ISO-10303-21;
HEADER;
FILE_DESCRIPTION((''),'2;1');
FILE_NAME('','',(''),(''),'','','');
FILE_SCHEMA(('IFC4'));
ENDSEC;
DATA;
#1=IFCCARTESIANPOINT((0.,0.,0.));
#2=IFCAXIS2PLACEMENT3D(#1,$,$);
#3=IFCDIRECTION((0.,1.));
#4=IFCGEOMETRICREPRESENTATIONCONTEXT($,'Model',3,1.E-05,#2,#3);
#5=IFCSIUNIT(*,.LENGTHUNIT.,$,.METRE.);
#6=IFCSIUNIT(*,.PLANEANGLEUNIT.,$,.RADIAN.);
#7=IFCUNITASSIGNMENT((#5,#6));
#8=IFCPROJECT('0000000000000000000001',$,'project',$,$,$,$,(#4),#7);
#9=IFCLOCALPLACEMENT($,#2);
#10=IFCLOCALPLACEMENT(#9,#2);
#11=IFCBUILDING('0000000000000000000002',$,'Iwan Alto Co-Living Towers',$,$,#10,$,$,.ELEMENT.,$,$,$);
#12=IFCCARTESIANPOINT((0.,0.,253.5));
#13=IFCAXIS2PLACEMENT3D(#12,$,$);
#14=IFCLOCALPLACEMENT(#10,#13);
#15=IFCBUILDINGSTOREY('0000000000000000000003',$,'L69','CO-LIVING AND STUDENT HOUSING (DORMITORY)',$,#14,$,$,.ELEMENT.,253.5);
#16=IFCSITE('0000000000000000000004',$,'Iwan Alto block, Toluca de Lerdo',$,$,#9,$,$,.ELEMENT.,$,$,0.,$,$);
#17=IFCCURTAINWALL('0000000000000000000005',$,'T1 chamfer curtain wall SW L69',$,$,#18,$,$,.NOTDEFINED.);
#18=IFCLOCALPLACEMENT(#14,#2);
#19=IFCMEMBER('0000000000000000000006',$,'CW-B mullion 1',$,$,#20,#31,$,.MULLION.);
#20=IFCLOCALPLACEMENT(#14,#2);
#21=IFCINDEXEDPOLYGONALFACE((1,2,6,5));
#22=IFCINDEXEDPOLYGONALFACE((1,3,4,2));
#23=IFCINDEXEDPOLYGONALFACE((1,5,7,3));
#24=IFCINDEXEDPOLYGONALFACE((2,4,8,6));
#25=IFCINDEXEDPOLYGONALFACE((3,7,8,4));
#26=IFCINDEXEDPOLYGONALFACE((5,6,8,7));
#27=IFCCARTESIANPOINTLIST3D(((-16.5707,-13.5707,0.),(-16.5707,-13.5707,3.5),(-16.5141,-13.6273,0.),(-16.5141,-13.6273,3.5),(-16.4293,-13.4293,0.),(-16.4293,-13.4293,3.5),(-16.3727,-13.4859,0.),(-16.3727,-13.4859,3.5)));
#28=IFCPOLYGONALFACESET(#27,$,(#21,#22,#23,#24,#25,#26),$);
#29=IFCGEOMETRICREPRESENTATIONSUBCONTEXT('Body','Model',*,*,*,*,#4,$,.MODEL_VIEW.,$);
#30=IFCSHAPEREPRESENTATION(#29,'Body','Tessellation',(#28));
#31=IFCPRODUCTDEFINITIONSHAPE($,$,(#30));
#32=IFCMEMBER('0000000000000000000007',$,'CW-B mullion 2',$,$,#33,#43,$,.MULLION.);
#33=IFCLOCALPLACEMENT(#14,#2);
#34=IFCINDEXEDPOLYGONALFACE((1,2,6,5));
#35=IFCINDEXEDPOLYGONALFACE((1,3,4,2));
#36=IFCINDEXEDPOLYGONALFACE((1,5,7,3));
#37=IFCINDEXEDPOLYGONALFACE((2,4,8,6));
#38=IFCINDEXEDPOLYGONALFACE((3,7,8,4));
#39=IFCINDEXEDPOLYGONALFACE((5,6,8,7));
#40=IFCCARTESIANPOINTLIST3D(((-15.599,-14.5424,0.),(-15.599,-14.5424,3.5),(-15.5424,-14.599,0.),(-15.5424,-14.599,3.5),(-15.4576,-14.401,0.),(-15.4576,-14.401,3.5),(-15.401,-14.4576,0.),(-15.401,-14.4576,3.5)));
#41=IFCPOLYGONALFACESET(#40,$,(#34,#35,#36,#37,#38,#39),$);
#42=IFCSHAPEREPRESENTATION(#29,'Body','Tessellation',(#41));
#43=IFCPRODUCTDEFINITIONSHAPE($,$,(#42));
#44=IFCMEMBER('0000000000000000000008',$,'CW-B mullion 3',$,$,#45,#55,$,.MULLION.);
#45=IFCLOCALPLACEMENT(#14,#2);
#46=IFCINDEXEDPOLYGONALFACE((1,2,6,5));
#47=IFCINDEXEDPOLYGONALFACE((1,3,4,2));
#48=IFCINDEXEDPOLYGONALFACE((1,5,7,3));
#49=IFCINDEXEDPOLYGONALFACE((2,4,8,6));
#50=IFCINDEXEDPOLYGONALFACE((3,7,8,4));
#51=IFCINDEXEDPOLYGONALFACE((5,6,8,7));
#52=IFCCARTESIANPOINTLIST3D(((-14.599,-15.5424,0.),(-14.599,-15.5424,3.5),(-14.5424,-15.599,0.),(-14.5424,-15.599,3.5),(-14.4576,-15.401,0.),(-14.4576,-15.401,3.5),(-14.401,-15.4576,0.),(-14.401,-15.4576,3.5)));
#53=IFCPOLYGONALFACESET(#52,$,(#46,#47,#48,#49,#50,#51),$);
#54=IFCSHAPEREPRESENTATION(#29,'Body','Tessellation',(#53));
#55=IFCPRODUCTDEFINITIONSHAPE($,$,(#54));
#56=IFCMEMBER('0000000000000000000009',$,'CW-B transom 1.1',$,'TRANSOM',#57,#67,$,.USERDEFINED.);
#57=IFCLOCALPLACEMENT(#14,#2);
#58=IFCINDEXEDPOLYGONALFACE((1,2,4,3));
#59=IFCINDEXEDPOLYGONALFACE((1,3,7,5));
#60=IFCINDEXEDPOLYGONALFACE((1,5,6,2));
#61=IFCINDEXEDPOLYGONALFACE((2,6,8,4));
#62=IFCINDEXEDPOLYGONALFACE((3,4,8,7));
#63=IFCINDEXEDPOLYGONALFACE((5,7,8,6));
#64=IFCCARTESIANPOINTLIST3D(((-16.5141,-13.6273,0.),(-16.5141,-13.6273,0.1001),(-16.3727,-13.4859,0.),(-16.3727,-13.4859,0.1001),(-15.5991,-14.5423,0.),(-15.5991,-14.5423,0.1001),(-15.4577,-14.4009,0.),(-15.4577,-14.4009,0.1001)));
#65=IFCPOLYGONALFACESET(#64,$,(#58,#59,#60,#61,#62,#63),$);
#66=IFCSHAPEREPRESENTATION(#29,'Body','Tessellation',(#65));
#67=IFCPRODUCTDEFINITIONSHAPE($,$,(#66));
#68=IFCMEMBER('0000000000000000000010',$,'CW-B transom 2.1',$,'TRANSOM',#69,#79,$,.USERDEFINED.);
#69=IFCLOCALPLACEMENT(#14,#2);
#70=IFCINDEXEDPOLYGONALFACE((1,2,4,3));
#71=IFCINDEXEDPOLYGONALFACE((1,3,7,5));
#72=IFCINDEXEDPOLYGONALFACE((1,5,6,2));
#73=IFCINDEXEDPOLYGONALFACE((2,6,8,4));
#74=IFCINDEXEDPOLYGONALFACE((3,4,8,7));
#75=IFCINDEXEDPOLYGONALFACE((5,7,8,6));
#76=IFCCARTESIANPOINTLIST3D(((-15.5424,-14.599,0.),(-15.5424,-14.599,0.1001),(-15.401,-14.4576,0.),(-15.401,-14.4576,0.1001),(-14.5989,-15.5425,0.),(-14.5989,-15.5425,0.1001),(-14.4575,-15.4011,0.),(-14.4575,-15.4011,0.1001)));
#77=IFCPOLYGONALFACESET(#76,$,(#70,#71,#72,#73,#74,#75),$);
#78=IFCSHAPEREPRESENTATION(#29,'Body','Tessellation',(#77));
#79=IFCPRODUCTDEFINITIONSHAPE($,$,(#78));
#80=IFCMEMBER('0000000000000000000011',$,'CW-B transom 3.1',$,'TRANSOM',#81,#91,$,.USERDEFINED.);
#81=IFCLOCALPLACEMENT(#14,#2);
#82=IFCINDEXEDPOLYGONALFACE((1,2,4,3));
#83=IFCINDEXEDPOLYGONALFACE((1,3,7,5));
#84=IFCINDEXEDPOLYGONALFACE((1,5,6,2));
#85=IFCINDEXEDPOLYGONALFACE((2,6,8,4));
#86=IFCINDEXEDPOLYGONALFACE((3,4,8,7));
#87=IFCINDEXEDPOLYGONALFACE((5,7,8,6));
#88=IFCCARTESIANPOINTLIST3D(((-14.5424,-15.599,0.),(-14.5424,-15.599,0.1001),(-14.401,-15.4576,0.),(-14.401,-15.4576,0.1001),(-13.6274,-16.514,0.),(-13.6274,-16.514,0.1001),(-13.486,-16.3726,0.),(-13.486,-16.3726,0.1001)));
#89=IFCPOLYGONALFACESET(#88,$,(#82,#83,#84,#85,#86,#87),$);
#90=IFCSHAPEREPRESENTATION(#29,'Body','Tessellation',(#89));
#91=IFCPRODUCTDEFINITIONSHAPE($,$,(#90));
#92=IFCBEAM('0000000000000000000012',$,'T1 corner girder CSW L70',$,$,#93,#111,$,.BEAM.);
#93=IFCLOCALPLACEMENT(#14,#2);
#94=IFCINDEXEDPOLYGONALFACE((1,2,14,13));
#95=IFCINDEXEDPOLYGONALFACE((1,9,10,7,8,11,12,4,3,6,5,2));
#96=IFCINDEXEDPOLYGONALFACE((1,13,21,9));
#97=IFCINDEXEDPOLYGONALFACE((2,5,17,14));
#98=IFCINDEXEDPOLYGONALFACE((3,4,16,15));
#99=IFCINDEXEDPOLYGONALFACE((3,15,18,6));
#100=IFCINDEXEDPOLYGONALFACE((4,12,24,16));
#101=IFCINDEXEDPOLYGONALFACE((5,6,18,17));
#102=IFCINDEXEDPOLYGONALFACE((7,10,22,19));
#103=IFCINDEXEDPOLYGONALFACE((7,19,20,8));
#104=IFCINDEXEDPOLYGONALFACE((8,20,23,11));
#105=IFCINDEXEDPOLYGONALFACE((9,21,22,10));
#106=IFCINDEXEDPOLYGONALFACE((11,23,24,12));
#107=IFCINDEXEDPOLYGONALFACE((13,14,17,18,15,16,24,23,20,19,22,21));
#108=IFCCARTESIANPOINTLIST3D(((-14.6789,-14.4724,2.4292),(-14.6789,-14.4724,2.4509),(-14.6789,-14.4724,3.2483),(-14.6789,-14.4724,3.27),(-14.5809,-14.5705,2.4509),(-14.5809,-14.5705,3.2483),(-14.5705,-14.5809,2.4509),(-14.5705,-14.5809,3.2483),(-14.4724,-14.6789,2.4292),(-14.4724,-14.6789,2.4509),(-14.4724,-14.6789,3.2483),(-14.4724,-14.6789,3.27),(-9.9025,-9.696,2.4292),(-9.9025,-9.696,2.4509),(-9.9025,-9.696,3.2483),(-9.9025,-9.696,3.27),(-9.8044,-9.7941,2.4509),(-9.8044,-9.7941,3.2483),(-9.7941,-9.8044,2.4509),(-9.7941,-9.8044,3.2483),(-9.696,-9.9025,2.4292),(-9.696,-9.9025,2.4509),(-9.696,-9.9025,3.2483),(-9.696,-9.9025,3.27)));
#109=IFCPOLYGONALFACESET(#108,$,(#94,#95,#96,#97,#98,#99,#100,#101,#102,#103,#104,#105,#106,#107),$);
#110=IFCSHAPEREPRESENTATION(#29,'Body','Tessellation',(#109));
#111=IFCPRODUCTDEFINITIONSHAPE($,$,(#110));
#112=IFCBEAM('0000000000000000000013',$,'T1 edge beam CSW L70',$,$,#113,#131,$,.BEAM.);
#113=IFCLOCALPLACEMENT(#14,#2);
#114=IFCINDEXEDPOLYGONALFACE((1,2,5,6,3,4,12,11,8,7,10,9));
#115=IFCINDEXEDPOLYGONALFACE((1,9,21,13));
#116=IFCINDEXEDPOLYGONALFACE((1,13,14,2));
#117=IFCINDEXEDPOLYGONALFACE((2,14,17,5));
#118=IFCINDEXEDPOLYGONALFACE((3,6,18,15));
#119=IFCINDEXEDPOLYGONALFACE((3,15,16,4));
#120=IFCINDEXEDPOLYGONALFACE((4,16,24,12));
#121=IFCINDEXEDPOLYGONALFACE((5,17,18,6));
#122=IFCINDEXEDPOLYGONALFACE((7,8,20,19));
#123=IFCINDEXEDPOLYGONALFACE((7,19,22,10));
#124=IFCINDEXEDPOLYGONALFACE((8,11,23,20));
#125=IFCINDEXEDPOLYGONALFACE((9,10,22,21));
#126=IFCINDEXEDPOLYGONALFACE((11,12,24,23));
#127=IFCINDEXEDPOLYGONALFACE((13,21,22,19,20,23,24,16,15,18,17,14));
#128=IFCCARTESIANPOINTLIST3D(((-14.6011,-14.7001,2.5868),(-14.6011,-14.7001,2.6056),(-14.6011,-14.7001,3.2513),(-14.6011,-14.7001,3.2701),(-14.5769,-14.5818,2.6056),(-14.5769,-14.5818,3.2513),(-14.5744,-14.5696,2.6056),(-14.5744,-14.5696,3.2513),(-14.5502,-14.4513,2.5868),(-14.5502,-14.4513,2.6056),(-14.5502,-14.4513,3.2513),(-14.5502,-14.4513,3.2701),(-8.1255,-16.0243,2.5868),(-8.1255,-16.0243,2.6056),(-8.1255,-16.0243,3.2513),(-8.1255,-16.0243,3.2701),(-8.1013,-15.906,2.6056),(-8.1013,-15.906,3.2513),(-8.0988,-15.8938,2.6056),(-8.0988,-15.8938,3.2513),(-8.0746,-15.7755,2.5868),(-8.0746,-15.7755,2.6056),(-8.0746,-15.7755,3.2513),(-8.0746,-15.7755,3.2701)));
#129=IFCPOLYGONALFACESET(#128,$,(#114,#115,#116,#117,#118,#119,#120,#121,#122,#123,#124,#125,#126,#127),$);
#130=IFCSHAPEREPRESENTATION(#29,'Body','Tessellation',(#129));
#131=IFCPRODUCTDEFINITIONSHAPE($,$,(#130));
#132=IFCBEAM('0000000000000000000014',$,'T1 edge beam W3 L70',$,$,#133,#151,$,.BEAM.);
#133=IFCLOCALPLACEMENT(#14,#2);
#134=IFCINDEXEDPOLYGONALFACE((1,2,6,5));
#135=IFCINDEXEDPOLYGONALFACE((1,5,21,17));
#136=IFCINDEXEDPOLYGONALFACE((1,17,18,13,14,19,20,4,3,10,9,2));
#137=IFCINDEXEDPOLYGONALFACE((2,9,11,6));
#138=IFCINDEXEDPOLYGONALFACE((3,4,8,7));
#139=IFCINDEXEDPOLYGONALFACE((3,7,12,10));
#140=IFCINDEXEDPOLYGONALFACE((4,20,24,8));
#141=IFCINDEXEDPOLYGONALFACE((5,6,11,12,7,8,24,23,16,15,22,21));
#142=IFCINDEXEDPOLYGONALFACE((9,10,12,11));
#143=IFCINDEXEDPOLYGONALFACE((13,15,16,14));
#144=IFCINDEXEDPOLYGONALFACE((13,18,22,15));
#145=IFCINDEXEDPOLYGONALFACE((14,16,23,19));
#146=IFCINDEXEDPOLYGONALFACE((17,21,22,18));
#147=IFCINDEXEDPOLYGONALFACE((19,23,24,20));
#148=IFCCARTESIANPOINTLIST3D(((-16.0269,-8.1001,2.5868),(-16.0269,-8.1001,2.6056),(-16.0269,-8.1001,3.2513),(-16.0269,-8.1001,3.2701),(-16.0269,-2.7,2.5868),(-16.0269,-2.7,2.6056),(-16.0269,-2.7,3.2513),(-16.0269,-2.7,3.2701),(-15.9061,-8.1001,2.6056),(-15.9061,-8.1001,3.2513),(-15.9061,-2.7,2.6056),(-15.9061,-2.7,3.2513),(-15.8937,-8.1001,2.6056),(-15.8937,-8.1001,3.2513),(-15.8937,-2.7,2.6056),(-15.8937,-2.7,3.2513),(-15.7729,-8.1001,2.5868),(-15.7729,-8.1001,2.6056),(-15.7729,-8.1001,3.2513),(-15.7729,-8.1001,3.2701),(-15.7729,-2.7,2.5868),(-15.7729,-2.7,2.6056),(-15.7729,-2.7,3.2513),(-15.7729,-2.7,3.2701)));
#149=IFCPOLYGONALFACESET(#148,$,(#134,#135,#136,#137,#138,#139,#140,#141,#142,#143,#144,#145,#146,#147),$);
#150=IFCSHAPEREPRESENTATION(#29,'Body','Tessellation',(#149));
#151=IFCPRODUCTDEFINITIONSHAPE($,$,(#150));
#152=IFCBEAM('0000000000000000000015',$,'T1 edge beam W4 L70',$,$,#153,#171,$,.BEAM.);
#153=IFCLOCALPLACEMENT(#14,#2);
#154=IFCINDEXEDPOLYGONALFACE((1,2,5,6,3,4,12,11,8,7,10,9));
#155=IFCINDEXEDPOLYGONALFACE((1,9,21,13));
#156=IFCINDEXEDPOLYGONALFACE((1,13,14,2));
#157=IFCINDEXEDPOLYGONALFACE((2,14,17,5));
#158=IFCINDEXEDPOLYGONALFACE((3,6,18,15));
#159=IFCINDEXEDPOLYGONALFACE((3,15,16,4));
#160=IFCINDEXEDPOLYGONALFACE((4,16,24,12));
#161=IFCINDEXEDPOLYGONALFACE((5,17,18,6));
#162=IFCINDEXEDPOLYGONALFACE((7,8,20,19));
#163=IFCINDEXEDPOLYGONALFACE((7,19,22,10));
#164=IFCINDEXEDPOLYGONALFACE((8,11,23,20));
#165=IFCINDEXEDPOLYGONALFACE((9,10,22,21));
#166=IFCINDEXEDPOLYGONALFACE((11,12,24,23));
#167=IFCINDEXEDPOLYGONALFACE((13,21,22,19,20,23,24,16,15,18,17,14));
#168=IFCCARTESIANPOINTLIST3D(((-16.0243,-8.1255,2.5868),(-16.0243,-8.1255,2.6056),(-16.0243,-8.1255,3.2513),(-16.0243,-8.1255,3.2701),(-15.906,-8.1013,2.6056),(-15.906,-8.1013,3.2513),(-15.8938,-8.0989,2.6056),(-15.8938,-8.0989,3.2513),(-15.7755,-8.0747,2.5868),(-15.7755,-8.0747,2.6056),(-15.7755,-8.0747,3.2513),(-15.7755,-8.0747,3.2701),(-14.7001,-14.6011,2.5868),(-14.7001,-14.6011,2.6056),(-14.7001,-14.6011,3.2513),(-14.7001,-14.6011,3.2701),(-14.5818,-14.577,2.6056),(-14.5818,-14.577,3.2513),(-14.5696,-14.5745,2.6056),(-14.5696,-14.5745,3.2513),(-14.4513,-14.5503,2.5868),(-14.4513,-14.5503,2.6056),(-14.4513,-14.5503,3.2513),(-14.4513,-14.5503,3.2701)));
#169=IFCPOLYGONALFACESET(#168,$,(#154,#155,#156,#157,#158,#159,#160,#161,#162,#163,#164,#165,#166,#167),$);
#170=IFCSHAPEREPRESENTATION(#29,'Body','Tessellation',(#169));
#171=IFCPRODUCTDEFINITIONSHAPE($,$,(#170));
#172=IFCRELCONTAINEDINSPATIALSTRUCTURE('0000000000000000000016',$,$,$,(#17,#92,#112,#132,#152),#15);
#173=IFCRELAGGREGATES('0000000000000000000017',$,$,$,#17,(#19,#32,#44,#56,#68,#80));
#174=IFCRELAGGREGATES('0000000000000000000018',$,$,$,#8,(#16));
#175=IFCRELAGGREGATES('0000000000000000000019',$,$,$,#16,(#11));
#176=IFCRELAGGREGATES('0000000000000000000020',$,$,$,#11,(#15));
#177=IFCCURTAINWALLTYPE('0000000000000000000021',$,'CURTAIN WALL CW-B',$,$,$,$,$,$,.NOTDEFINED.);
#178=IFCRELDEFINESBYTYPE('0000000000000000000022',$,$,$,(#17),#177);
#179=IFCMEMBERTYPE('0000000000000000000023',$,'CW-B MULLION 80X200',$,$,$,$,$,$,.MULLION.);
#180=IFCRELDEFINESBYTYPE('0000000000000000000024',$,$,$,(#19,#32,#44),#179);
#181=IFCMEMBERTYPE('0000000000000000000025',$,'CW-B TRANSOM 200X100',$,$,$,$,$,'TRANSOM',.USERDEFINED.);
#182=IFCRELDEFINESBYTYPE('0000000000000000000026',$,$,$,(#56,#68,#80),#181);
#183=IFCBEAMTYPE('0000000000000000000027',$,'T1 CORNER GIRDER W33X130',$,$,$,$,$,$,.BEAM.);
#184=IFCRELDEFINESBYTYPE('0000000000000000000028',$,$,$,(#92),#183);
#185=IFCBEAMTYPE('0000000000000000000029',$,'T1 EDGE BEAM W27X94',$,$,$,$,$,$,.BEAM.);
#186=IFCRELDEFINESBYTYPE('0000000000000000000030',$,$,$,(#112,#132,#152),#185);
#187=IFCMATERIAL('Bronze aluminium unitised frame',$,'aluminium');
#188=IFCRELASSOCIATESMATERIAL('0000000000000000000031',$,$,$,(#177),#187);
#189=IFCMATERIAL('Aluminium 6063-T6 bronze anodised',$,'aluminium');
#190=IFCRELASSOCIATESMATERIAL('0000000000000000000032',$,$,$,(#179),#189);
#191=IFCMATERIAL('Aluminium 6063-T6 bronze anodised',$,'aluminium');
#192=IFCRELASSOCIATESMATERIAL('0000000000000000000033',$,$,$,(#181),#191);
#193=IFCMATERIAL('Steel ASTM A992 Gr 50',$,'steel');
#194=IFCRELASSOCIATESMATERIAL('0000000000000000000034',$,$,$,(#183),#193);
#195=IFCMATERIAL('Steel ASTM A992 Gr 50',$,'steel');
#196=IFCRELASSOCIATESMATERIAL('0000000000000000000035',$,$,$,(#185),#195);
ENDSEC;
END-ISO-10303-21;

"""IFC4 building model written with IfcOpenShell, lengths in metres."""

from ifc_helpers import new_model, si_unit, direction, frame, origin, origin_2d, place, context, subcontext, project, spatial, rectangle, i_section, extrude, material, material_profile, profile_set, type_object, element, aggregate, save


model = new_model("IFC4")

# Units and contexts
model_context = context("Model", 3, precision=1e-05, world=origin(), true_north=direction((0.0, 1.0)))
body_context = subcontext(model_context, "Body", "Model", "MODEL_VIEW")
ifc_project = project(units=[si_unit("LENGTHUNIT", "METRE"), si_unit("PLANEANGLEUNIT", "RADIAN")], contexts=[model_context])

# Site, building, storey
site_placement = place(None, origin())
site = spatial("IfcSite", under=ifc_project, at=site_placement, Name="Iwan Alto block, Toluca de Lerdo", CompositionType="ELEMENT", RefElevation=0.0)
building_placement = place(site_placement, origin())
building = spatial("IfcBuilding", under=site, at=building_placement, Name="Iwan Alto Co-Living Towers", CompositionType="ELEMENT")
storey_placement = place(building_placement, frame((0.0, 0.0, 253.5)))
storey = spatial("IfcBuildingStorey", under=building, at=storey_placement, Name="L69", Description="CO-LIVING AND STUDENT HOUSING (DORMITORY)", CompositionType="ELEMENT", Elevation=253.5)

# Curtain wall, members
ifc_material_1 = material(Name="Bronze aluminium unitised frame", Category="aluminium")
curtain_wall_type_1 = type_object("IfcCurtainWallType", Name="CURTAIN WALL CW-B", PredefinedType="NOTDEFINED", material=ifc_material_1)
curtain_wall_1_placement = place(storey_placement, origin())
curtain_wall_1 = element("IfcCurtainWall", 1, at=curtain_wall_1_placement, inside=storey, type_object=curtain_wall_type_1, Name="T1 chamfer curtain wall SW L69", PredefinedType="NOTDEFINED")
ifc_material_2 = material(Name="Aluminium 6063-T6 bronze anodised", Category="aluminium")
ifc_material_profile_1 = material_profile(ifc_material_2, rectangle(XDim=0.2, YDim=0.0801, at=origin_2d()), Name="AL 80X200")
ifc_profile_set_1 = profile_set([ifc_material_profile_1], Name="Aluminium 6063-T6 bronze anodised")
member_type_1 = type_object("IfcMemberType", Name="CW-B MULLION 80X200", PredefinedType="MULLION", material=ifc_profile_set_1)
member_1_placement = place(storey_placement, frame((-16.4717, -13.5283, 0.0), z_axis=(0.0, 0.0, 1.0), x_axis=(0.707107, 0.707107, 0.0)))
member_1 = element("IfcMember", 2, at=member_1_placement, type_object=member_type_1, Name="CW-B mullion 1", PredefinedType="MULLION", context=body_context, shape_type="SweptSolid", body=[
    extrude(rectangle(XDim=0.2, YDim=0.0801, at=origin_2d()), origin(), (0.0, 0.0, 1.0), 3.5),
])
member_2_placement = place(storey_placement, frame((-15.5, -14.5, 0.0), z_axis=(0.0, 0.0, 1.0), x_axis=(0.707107, 0.707107, 0.0)))
member_2 = element("IfcMember", 3, at=member_2_placement, type_object=member_type_1, Name="CW-B mullion 2", PredefinedType="MULLION", context=body_context, shape_type="SweptSolid", body=[
    extrude(rectangle(XDim=0.2, YDim=0.0801, at=origin_2d()), origin(), (0.0, 0.0, 1.0), 3.5),
])
member_3_placement = place(storey_placement, frame((-14.5, -15.5, 0.0), z_axis=(0.0, 0.0, 1.0), x_axis=(0.707107, 0.707107, 0.0)))
member_3 = element("IfcMember", 4, at=member_3_placement, type_object=member_type_1, Name="CW-B mullion 3", PredefinedType="MULLION", context=body_context, shape_type="SweptSolid", body=[
    extrude(rectangle(XDim=0.2, YDim=0.0801, at=origin_2d()), origin(), (0.0, 0.0, 1.0), 3.5),
])
ifc_material_3 = material(Name="Aluminium 6063-T6 bronze anodised", Category="aluminium")
ifc_material_profile_2 = material_profile(ifc_material_3, rectangle(XDim=0.2, YDim=0.1001, at=origin_2d()), Name="AL 200X100")
ifc_profile_set_2 = profile_set([ifc_material_profile_2], Name="Aluminium 6063-T6 bronze anodised")
member_type_2 = type_object("IfcMemberType", Name="CW-B TRANSOM 200X100", ElementType="TRANSOM", PredefinedType="USERDEFINED", material=ifc_profile_set_2)
member_4_placement = place(storey_placement, frame((-16.4434, -13.5566, 0.05), z_axis=(0.707107, -0.707107, 0.0), x_axis=(0.707107, 0.707107, 0.0)))
member_4 = element("IfcMember", 5, at=member_4_placement, type_object=member_type_2, Name="CW-B transom 1.1", ObjectType="TRANSOM", PredefinedType="USERDEFINED", context=body_context, shape_type="SweptSolid", body=[
    extrude(rectangle(XDim=0.2, YDim=0.1001, at=origin_2d()), origin(), (0.0, 0.0, 1.0), 1.2939),
])
member_5_placement = place(storey_placement, frame((-15.4717, -14.5283, 0.05), z_axis=(0.707107, -0.707107, 0.0), x_axis=(0.707107, 0.707107, 0.0)))
member_5 = element("IfcMember", 6, at=member_5_placement, type_object=member_type_2, Name="CW-B transom 2.1", ObjectType="TRANSOM", PredefinedType="USERDEFINED", context=body_context, shape_type="SweptSolid", body=[
    extrude(rectangle(XDim=0.2, YDim=0.1001, at=origin_2d()), origin(), (0.0, 0.0, 1.0), 1.3342),
])
member_6_placement = place(storey_placement, frame((-14.4717, -15.5283, 0.05), z_axis=(0.707107, -0.707107, 0.0), x_axis=(0.707107, 0.707107, 0.0)))
member_6 = element("IfcMember", 7, at=member_6_placement, type_object=member_type_2, Name="CW-B transom 3.1", ObjectType="TRANSOM", PredefinedType="USERDEFINED", context=body_context, shape_type="SweptSolid", body=[
    extrude(rectangle(XDim=0.2, YDim=0.1001, at=origin_2d()), origin(), (0.0, 0.0, 1.0), 1.2939),
])

# Beams
ifc_material_4 = material(Name="Steel ASTM A992 Gr 50", Category="steel")
ifc_material_profile_3 = material_profile(ifc_material_4, i_section(OverallWidth=0.292, OverallDepth=0.8408, WebThickness=0.0146, FlangeThickness=0.0217, at=origin_2d()), Name="W33X130")
ifc_profile_set_3 = profile_set([ifc_material_profile_3], Name="Steel ASTM A992 Gr 50")
beam_type_1 = type_object("IfcBeamType", Name="T1 CORNER GIRDER W33X130", PredefinedType="BEAM", material=ifc_profile_set_3)
beam_1_placement = place(storey_placement, frame((-14.5757, -14.5757, 2.8496), z_axis=(0.707107, 0.707107, 0.0), x_axis=(-0.707107, 0.707107, 0.0)))
element("IfcBeam", 8, at=beam_1_placement, inside=storey, type_object=beam_type_1, Name="T1 corner girder CSW L70", PredefinedType="BEAM", context=body_context, shape_type="SweptSolid", body=[
    extrude(i_section(OverallWidth=0.292, OverallDepth=0.8408, WebThickness=0.0146, FlangeThickness=0.0217, at=origin_2d()), origin(), (0.0, 0.0, 1.0), 6.7549),
])
ifc_material_5 = material(Name="Steel ASTM A992 Gr 50", Category="steel")
ifc_material_profile_4 = material_profile(ifc_material_5, i_section(OverallWidth=0.2539, OverallDepth=0.6833, WebThickness=0.0125, FlangeThickness=0.0188, at=origin_2d()), Name="W27X94")
ifc_profile_set_4 = profile_set([ifc_material_profile_4], Name="Steel ASTM A992 Gr 50")
beam_type_2 = type_object("IfcBeamType", Name="T1 EDGE BEAM W27X94", PredefinedType="BEAM", material=ifc_profile_set_4)
beam_2_placement = place(storey_placement, frame((-14.5757, -14.5757, 2.9285), z_axis=(0.979725, -0.200348, 0.0), x_axis=(0.200348, 0.979725, 0.0)))
element("IfcBeam", 9, at=beam_2_placement, inside=storey, type_object=beam_type_2, Name="T1 edge beam CSW L70", PredefinedType="BEAM", context=body_context, shape_type="SweptSolid", body=[
    extrude(i_section(OverallWidth=0.2539, OverallDepth=0.6833, WebThickness=0.0125, FlangeThickness=0.0188, at=origin_2d()), origin(), (0.0, 0.0, 1.0), 6.6096),
])
beam_3_placement = place(storey_placement, frame((-15.8999, -2.7, 2.9285), z_axis=(0.0, -1.0, 0.0), x_axis=(1.0, 0.0, 0.0)))
element("IfcBeam", 10, at=beam_3_placement, inside=storey, type_object=beam_type_2, Name="T1 edge beam W3 L70", PredefinedType="BEAM", context=body_context, shape_type="SweptSolid", body=[
    extrude(i_section(OverallWidth=0.2539, OverallDepth=0.6833, WebThickness=0.0125, FlangeThickness=0.0188, at=origin_2d()), origin(), (0.0, 0.0, 1.0), 5.4001),
])
beam_4_placement = place(storey_placement, frame((-15.8999, -8.1001, 2.9285), z_axis=(0.200348, -0.979725, 0.0), x_axis=(0.979725, 0.200348, 0.0)))
element("IfcBeam", 11, at=beam_4_placement, inside=storey, type_object=beam_type_2, Name="T1 edge beam W4 L70", PredefinedType="BEAM", context=body_context, shape_type="SweptSolid", body=[
    extrude(i_section(OverallWidth=0.2539, OverallDepth=0.6833, WebThickness=0.0125, FlangeThickness=0.0188, at=origin_2d()), origin(), (0.0, 0.0, 1.0), 6.6096),
])

aggregate(curtain_wall_1, [member_1, member_2, member_3, member_4, member_5, member_6])

save(model, "model.ifc")
